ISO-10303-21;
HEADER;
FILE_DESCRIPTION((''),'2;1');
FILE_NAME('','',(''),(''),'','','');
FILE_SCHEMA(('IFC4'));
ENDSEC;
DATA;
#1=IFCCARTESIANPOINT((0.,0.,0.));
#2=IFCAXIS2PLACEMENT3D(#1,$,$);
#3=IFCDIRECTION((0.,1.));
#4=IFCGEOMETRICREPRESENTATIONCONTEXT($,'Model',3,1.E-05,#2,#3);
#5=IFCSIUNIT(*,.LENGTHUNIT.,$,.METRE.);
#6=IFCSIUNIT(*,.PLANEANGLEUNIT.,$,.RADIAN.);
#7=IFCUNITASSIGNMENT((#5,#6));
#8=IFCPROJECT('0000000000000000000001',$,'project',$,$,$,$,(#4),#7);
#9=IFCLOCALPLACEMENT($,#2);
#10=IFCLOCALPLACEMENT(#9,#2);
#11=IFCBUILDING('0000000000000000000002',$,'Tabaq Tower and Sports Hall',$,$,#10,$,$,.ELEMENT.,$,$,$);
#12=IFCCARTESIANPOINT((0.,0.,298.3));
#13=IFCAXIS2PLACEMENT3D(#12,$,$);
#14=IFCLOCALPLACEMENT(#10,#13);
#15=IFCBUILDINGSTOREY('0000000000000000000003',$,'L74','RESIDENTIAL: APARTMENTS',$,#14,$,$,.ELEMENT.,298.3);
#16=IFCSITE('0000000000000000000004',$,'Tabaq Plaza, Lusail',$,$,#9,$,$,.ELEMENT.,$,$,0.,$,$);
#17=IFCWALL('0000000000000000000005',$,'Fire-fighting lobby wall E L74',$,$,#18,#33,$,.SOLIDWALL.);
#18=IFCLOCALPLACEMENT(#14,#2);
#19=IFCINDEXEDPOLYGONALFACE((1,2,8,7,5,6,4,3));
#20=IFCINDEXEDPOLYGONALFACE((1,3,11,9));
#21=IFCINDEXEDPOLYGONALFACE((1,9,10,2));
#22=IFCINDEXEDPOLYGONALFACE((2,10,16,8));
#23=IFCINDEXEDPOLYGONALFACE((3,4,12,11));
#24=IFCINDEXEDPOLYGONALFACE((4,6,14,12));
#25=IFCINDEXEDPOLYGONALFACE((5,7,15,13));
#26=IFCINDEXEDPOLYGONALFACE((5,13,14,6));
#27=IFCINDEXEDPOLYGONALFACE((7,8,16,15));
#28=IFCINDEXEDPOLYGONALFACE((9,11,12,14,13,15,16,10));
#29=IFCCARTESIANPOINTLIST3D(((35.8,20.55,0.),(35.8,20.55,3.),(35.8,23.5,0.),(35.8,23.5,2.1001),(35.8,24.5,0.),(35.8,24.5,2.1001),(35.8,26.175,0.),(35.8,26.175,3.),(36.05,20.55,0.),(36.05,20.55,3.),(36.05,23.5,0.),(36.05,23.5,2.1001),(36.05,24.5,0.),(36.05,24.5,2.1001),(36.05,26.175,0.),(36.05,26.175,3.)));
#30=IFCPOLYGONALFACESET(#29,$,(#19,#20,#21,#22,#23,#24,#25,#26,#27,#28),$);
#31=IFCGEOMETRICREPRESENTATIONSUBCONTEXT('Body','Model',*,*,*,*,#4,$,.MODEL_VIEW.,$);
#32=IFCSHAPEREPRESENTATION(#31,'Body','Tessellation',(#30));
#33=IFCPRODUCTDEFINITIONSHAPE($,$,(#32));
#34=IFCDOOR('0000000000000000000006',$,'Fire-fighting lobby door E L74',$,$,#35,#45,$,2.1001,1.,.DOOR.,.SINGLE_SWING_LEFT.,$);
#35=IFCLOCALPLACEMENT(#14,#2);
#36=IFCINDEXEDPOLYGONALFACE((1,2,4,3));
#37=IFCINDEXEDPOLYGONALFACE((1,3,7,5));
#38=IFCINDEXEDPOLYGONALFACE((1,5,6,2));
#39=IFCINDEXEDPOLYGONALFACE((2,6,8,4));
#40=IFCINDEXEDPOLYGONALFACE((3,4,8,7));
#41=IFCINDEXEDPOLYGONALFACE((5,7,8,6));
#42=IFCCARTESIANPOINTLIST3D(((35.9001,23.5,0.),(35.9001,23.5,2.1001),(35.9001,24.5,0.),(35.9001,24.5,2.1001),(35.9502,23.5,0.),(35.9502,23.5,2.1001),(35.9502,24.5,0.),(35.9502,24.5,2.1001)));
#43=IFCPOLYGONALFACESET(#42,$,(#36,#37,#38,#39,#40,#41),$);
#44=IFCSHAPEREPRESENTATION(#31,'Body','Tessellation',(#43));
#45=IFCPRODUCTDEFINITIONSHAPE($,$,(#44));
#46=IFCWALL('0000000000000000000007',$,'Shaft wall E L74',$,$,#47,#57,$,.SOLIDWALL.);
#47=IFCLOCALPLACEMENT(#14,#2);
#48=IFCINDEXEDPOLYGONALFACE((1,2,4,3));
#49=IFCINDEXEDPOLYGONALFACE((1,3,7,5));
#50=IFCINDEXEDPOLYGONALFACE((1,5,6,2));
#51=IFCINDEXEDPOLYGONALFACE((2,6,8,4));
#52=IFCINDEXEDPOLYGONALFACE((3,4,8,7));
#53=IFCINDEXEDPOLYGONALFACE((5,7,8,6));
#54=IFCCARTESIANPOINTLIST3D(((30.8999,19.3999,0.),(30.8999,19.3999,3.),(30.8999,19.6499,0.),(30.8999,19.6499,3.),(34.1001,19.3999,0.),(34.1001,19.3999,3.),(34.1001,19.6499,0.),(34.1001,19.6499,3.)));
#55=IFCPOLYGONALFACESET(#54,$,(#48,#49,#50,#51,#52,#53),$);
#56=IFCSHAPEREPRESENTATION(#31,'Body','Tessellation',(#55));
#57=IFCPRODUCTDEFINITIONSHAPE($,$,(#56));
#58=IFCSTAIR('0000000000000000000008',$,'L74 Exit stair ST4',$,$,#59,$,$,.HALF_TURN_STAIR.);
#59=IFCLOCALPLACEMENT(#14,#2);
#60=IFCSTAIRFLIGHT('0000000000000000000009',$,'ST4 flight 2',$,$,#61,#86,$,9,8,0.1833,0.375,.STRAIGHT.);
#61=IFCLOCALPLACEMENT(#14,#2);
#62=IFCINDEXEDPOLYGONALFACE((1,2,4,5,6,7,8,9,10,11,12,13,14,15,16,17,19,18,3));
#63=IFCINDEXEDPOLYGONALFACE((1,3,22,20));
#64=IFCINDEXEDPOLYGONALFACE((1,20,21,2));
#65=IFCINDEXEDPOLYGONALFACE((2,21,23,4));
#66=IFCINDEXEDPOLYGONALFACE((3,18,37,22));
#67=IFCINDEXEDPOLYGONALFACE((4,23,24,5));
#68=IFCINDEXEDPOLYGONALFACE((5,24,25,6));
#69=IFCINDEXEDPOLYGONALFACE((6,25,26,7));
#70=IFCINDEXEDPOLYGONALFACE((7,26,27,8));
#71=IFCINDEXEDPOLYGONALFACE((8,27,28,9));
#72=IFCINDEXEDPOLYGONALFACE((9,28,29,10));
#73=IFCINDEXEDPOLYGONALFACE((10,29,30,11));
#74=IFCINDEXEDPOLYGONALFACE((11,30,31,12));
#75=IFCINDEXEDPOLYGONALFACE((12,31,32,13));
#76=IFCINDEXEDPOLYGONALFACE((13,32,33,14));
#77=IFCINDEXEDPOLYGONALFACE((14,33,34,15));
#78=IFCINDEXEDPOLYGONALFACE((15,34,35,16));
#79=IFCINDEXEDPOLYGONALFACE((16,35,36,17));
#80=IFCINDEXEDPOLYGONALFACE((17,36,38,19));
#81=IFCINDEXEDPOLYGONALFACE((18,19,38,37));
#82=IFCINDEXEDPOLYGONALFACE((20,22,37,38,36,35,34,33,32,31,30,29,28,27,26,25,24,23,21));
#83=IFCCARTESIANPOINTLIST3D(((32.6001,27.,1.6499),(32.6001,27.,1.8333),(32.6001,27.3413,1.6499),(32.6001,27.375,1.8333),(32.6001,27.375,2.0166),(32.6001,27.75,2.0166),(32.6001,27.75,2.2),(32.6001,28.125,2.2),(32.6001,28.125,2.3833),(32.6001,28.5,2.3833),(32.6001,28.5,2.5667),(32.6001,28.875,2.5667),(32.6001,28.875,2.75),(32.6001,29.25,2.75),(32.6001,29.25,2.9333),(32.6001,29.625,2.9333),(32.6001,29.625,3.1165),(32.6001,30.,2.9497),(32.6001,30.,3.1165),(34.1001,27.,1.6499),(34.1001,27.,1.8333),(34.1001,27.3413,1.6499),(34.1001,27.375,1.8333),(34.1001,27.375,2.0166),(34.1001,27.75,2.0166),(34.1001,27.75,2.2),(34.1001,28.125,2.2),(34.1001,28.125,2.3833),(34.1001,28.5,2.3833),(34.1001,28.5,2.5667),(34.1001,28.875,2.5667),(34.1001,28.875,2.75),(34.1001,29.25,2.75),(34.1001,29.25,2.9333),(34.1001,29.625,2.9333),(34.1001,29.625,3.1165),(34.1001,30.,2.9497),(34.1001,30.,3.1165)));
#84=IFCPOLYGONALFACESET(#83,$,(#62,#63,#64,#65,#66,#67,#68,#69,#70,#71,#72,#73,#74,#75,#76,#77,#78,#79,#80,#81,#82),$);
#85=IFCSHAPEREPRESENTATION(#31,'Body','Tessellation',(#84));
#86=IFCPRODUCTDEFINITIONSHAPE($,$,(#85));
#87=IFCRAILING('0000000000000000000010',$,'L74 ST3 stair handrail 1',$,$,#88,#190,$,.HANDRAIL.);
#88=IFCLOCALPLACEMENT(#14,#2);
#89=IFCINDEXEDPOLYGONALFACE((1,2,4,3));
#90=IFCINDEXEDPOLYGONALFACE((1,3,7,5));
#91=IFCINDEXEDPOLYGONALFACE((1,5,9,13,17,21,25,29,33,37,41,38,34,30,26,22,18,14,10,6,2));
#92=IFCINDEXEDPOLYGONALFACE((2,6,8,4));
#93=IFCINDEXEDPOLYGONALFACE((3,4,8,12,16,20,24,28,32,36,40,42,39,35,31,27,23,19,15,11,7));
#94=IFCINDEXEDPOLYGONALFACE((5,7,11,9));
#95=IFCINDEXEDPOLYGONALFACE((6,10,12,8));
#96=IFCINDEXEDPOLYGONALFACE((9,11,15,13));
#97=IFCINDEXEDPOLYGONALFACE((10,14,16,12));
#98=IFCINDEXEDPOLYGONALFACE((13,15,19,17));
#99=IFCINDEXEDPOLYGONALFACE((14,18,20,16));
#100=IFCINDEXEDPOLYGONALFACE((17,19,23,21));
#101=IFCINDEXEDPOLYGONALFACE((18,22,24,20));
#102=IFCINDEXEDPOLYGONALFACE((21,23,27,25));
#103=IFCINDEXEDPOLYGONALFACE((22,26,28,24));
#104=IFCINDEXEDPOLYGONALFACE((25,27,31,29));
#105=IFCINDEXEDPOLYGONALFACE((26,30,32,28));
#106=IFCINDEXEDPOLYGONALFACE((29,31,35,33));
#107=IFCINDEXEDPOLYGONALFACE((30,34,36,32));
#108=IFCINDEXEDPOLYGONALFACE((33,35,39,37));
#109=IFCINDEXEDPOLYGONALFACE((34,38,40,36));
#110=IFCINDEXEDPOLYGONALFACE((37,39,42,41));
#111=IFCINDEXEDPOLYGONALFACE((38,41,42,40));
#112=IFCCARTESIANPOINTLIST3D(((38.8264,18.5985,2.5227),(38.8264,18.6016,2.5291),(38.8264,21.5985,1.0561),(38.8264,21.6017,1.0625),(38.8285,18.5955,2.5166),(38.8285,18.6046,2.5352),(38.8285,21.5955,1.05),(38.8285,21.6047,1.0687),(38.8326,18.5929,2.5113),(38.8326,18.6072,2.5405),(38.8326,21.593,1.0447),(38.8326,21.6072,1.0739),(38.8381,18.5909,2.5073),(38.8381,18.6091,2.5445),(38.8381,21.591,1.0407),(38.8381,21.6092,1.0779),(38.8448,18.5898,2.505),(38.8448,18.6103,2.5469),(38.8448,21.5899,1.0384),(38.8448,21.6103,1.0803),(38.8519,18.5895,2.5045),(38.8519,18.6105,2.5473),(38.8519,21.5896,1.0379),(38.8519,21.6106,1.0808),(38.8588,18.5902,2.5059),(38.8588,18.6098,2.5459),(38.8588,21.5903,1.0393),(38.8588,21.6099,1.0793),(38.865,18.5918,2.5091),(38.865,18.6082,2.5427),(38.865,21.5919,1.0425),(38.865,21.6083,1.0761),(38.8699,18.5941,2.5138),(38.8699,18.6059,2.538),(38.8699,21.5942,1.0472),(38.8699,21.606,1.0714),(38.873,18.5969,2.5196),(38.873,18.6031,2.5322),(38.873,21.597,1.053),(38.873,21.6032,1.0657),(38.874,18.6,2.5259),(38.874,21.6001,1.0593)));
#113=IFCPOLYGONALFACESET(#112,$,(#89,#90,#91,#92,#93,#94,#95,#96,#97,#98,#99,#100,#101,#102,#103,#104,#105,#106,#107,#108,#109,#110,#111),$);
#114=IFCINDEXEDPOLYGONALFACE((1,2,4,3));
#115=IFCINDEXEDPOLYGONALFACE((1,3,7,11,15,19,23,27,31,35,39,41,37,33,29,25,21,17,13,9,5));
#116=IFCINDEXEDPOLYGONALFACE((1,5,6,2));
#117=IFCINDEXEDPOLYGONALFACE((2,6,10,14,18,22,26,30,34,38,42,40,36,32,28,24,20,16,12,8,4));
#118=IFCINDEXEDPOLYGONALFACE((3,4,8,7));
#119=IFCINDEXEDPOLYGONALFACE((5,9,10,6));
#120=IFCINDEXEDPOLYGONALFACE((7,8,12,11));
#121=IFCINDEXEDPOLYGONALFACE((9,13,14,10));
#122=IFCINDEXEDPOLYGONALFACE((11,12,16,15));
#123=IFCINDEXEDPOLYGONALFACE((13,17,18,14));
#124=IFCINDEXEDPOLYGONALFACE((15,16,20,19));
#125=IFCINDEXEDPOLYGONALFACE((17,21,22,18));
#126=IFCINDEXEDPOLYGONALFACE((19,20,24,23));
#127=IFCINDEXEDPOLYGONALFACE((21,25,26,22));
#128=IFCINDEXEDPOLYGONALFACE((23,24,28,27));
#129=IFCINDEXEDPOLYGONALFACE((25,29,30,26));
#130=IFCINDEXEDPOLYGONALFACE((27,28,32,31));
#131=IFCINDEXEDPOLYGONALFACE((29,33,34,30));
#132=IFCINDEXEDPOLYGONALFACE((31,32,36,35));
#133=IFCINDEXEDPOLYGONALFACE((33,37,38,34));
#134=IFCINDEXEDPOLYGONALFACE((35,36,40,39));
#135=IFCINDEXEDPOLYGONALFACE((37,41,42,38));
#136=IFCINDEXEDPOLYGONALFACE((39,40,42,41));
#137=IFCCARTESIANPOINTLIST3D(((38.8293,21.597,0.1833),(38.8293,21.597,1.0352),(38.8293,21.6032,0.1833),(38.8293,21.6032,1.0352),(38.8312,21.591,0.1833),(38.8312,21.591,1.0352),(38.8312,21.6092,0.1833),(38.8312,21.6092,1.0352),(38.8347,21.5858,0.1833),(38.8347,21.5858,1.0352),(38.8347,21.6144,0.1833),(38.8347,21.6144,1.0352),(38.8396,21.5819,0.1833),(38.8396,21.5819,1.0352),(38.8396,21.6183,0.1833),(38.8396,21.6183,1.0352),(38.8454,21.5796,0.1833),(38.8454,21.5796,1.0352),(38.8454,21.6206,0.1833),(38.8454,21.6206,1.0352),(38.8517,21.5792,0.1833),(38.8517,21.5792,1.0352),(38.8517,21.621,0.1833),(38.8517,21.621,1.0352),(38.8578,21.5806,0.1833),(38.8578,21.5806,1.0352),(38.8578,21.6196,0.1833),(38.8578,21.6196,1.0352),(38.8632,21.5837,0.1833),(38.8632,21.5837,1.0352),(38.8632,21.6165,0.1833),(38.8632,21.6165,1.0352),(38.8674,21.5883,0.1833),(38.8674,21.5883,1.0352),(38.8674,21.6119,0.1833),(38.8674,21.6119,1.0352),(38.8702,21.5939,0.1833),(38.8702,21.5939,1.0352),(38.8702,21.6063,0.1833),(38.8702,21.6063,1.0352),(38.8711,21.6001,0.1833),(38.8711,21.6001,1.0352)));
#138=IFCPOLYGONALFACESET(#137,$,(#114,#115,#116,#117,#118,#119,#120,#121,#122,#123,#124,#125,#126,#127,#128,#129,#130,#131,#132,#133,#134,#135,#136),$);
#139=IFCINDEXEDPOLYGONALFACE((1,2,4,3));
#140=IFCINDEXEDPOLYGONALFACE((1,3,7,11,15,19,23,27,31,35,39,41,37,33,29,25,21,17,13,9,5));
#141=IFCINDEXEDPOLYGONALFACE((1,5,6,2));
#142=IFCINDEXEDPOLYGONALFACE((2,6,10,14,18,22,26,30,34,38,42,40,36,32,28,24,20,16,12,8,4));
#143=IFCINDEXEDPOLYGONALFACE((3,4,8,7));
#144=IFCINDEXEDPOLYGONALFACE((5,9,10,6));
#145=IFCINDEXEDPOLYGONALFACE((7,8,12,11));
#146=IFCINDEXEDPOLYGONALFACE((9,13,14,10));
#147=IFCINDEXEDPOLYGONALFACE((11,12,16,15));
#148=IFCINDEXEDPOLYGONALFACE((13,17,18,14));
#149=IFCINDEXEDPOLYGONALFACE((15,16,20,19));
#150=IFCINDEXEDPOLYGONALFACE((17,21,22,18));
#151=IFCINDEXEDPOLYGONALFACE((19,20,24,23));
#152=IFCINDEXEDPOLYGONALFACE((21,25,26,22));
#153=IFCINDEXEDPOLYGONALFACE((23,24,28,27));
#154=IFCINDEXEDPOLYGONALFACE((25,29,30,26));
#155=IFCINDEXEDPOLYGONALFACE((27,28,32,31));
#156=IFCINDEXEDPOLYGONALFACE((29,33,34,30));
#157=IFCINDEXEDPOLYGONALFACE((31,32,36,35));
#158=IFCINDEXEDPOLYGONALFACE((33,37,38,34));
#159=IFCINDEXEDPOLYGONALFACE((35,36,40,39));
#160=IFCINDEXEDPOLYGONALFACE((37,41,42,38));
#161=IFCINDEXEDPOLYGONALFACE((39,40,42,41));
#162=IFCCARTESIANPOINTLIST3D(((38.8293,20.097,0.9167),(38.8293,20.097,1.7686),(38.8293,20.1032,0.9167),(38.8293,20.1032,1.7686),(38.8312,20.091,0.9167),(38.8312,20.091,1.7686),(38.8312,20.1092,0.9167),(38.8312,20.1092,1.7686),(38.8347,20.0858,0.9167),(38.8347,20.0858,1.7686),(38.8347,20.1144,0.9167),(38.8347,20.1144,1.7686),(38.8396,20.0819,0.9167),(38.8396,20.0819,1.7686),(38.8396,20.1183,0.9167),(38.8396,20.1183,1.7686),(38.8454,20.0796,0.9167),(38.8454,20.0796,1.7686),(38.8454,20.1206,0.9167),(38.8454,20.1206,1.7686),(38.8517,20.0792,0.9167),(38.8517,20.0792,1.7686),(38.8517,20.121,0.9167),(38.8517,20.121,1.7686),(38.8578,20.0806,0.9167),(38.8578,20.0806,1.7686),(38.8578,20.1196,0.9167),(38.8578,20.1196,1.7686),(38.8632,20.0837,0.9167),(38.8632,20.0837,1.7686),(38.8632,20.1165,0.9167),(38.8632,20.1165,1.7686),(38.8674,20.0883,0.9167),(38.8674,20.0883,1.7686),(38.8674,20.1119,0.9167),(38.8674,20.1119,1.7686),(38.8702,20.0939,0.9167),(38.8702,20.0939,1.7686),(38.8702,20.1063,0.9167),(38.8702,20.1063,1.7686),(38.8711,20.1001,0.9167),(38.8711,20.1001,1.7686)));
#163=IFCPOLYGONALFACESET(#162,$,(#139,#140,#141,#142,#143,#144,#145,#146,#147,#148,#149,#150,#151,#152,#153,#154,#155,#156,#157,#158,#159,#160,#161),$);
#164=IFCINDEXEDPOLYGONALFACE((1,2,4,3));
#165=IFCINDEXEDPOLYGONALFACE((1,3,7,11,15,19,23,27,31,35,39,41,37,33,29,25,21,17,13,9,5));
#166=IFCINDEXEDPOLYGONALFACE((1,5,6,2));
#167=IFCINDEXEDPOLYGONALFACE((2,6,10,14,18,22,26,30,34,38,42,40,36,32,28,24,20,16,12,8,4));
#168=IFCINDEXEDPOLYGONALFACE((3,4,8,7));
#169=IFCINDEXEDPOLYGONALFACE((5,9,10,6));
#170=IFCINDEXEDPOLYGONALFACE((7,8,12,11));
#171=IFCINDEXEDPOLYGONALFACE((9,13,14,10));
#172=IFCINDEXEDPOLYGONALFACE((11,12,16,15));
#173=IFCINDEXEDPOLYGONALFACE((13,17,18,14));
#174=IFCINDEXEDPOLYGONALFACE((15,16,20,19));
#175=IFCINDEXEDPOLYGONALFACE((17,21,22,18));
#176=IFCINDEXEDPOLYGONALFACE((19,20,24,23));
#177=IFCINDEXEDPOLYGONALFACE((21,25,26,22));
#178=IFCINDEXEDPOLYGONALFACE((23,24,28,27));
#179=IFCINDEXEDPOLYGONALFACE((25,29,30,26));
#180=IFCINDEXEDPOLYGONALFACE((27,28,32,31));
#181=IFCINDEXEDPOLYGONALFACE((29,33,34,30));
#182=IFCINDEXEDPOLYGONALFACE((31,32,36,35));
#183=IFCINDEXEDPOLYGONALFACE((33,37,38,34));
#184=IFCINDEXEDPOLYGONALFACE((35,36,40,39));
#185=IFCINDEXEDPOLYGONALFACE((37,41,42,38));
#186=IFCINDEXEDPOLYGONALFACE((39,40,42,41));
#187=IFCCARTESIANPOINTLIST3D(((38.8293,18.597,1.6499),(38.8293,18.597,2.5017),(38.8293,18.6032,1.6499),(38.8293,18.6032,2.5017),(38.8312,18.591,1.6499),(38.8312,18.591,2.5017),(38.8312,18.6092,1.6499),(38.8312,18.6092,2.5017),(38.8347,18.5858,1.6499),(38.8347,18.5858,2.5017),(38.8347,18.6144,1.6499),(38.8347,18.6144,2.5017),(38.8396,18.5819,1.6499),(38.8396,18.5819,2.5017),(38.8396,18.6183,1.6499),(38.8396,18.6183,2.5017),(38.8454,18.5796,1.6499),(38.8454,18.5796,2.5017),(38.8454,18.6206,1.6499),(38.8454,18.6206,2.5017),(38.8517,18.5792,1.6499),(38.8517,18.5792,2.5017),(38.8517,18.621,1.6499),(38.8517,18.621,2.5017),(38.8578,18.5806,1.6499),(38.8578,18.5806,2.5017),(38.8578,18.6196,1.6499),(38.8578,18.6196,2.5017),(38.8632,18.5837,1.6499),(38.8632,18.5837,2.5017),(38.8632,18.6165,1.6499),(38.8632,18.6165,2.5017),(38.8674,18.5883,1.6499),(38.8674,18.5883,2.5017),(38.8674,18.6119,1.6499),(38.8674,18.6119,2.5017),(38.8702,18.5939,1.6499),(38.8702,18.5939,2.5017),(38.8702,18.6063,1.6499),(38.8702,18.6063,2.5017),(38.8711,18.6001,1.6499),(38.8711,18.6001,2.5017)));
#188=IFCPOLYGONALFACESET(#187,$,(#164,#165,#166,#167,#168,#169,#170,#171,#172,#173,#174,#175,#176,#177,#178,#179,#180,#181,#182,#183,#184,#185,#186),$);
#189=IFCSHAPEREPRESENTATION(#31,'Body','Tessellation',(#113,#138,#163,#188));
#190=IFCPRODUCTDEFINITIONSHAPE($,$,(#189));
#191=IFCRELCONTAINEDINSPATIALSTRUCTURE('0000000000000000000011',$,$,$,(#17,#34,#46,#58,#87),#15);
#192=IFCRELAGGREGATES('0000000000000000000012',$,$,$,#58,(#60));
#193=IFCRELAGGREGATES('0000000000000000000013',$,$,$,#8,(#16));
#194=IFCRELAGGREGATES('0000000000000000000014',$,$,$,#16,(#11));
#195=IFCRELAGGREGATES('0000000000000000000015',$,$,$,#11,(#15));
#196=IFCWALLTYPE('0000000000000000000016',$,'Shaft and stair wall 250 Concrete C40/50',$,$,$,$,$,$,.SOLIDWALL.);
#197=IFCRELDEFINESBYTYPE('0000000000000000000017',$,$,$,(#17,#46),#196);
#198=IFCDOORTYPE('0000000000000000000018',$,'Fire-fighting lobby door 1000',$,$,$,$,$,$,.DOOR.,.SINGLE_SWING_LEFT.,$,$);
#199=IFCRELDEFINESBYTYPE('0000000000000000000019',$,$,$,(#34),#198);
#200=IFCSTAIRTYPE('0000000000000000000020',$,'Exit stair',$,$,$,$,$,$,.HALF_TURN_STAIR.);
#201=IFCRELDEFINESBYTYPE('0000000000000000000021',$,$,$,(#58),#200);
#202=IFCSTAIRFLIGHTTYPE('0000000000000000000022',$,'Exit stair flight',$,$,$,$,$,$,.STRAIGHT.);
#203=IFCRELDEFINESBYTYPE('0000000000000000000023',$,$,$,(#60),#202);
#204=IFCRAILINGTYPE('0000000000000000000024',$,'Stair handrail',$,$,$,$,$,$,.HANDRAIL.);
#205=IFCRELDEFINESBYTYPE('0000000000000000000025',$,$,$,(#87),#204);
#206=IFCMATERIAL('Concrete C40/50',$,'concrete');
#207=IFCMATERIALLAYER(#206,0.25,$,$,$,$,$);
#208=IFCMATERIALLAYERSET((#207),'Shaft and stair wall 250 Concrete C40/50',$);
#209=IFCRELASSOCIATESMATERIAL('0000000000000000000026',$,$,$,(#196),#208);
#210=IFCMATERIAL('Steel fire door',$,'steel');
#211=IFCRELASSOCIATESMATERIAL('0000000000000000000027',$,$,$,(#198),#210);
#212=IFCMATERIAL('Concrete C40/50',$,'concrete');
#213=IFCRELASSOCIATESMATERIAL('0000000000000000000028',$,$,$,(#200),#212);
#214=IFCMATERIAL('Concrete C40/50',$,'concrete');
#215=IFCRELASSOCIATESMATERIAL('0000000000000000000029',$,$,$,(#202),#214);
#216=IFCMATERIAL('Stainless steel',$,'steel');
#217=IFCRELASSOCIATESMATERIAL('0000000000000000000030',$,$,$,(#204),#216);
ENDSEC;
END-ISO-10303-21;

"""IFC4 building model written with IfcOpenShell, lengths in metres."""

from ifc_helpers import new_model, si_unit, direction, frame, frame_2d, origin, origin_2d, place, context, subcontext, project, spatial, polyline, rectangle, circle, outline, extrude, material, layer, layer_set, type_object, element, fill, aggregate, save


model = new_model("IFC4")

# Units and contexts
model_context = context("Model", 3, precision=1e-05, world=origin(), true_north=direction((0.0, 1.0)))
body_context = subcontext(model_context, "Body", "Model", "MODEL_VIEW")
ifc_project = project(units=[si_unit("LENGTHUNIT", "METRE"), si_unit("PLANEANGLEUNIT", "RADIAN")], contexts=[model_context])

# Site, building, storey
site_placement = place(None, origin())
site = spatial("IfcSite", under=ifc_project, at=site_placement, Name="Tabaq Plaza, Lusail", CompositionType="ELEMENT", RefElevation=0.0)
building_placement = place(site_placement, origin())
building = spatial("IfcBuilding", under=site, at=building_placement, Name="Tabaq Tower and Sports Hall", CompositionType="ELEMENT")
storey_placement = place(building_placement, frame((0.0, 0.0, 298.3)))
storey = spatial("IfcBuildingStorey", under=building, at=storey_placement, Name="L74", Description="RESIDENTIAL: APARTMENTS", CompositionType="ELEMENT", Elevation=298.3)

# Shared definitions
ifc_material_1 = material(Name="Concrete C40/50", Category="concrete")
ifc_layer_1 = layer(ifc_material_1, 0.25)
ifc_layer_set_1 = layer_set([ifc_layer_1], Name="Shaft and stair wall 250 Concrete C40/50")
wall_type_1 = type_object("IfcWallType", Name="Shaft and stair wall 250 Concrete C40/50", PredefinedType="SOLIDWALL", material=ifc_layer_set_1)

# Wall, opening, door
wall_1_placement = place(storey_placement, frame((35.925, 20.55, 0.0), z_axis=(0.0, 0.0, 1.0), x_axis=(0.0, 1.0, 0.0)))
wall_1 = element("IfcWall", 1, at=wall_1_placement, inside=storey, type_object=wall_type_1, Name="Fire-fighting lobby wall E L74", PredefinedType="SOLIDWALL", context=body_context, shape_type="SweptSolid", body=[
    extrude(rectangle(XDim=5.625, YDim=0.25, at=frame_2d((2.8125, 0.0))), origin(), (0.0, 0.0, 1.0), 3.0),
])
opening_1_placement = place(wall_1_placement, frame((2.95, 0.0, 0.0)))
opening_1 = element("IfcOpeningElement", 2, at=opening_1_placement, cuts=wall_1, PredefinedType="OPENING", context=body_context, shape_type="SweptSolid", body=[
    extrude(rectangle(XDim=1.0, YDim=2.1001, at=frame_2d((0.5, 1.05))), frame((0.0, 0.125, 0.0), z_axis=(0.0, -1.0, 0.0), x_axis=(1.0, 0.0, 0.0)), (0.0, 0.0, 1.0), 0.25),
])
ifc_material_2 = material(Name="Steel fire door", Category="steel")
door_type_1 = type_object("IfcDoorType", Name="Fire-fighting lobby door 1000", OperationType="SINGLE_SWING_LEFT", PredefinedType="DOOR", material=ifc_material_2)
door_1_placement = place(opening_1_placement, origin())
door_1 = element("IfcDoor", 3, at=door_1_placement, inside=storey, type_object=door_type_1, Name="Fire-fighting lobby door E L74", OperationType="SINGLE_SWING_LEFT", OverallHeight=2.1001, OverallWidth=1.0, PredefinedType="DOOR", context=body_context, shape_type="SweptSolid", body=[
    extrude(rectangle(XDim=1.0, YDim=2.1001, at=frame_2d((0.5, 1.05))), frame((0.0, 0.0249, 0.0), z_axis=(0.0, -1.0, 0.0), x_axis=(1.0, 0.0, 0.0)), (0.0, 0.0, 1.0), 0.05),
])
fill(opening_1, door_1)

# Wall
wall_2_placement = place(storey_placement, frame((30.8999, 19.5249, 0.0), z_axis=(0.0, 0.0, 1.0), x_axis=(1.0, 0.0, 0.0)))
element("IfcWall", 4, at=wall_2_placement, inside=storey, type_object=wall_type_1, Name="Shaft wall E L74", PredefinedType="SOLIDWALL", context=body_context, shape_type="SweptSolid", body=[
    extrude(rectangle(XDim=3.2002, YDim=0.25, at=frame_2d((1.6001, 0.0))), origin(), (0.0, 0.0, 1.0), 3.0),
])

# Stair, stair flight
ifc_material_3 = material(Name="Concrete C40/50", Category="concrete")
stair_type = type_object("IfcStairType", Name="Exit stair", PredefinedType="HALF_TURN_STAIR", material=ifc_material_3)
stair_placement = place(storey_placement, origin())
stair = element("IfcStair", 5, at=stair_placement, inside=storey, type_object=stair_type, Name="L74 Exit stair ST4", PredefinedType="HALF_TURN_STAIR")
ifc_material_4 = material(Name="Concrete C40/50", Category="concrete")
stair_flight_type = type_object("IfcStairFlightType", Name="Exit stair flight", PredefinedType="STRAIGHT", material=ifc_material_4)
stair_flight_placement = place(storey_placement, frame((33.3501, 27.0, 1.6499), z_axis=(0.0, 0.0, 1.0), x_axis=(0.0, 1.0, 0.0)))
stair_flight = element("IfcStairFlight", 6, at=stair_flight_placement, type_object=stair_flight_type, Name="ST4 flight 2", NumberOfRisers=9, NumberOfTreads=8, PredefinedType="STRAIGHT", RiserHeight=0.1833, TreadLength=0.375, context=body_context, shape_type="SweptSolid", body=[
    extrude(outline(polyline([(0.0, 0.0), (0.0, 0.1833), (0.375, 0.1833), (0.375, 0.3667), (0.75, 0.3667), (0.75, 0.55), (1.125, 0.55), (1.125, 0.7334), (1.5, 0.7334), (1.5, 0.9167), (1.875, 0.9167), (1.875, 1.1001), (2.25, 1.1001), (2.25, 1.2834), (2.625, 1.2834), (2.625, 1.4666), (3.0, 1.4666), (3.0, 1.6499), (3.0, 1.2998), (0.3413, 0.0), (0.0, 0.0)])), frame((0.0, 0.75, 0.0), z_axis=(0.0, -1.0, 0.0), x_axis=(1.0, 0.0, 0.0)), (0.0, 0.0, 1.0), 1.5),
])
aggregate(stair, [stair_flight])

# Railing
ifc_material_5 = material(Name="Stainless steel", Category="steel")
railing_type = type_object("IfcRailingType", Name="Stair handrail", PredefinedType="HANDRAIL", material=ifc_material_5)
railing_1_placement = place(storey_placement, frame((38.8501, 21.6001, 0.1833)))
element("IfcRailing", 7, at=railing_1_placement, inside=storey, type_object=railing_type, Name="L74 ST3 stair handrail 1", PredefinedType="HANDRAIL", context=body_context, shape_type="SweptSolid", body=[
    extrude(circle(Radius=0.0239, at=origin_2d()), frame((0.0, 0.0, 0.876), z_axis=(0.0, -0.898398, 0.439183), x_axis=(1.0, 0.0, 0.0)), (0.0, 0.0, 1.0), 3.3394),
    extrude(circle(Radius=0.021, at=origin_2d()), origin(), (0.0, 0.0, 1.0), 0.8518),
    extrude(circle(Radius=0.021, at=origin_2d()), frame((0.0, -1.5, 0.7334)), (0.0, 0.0, 1.0), 0.8518),
    extrude(circle(Radius=0.021, at=origin_2d()), frame((0.0, -3.0, 1.4666)), (0.0, 0.0, 1.0), 0.8518),
])

save(model, "model.ifc")
